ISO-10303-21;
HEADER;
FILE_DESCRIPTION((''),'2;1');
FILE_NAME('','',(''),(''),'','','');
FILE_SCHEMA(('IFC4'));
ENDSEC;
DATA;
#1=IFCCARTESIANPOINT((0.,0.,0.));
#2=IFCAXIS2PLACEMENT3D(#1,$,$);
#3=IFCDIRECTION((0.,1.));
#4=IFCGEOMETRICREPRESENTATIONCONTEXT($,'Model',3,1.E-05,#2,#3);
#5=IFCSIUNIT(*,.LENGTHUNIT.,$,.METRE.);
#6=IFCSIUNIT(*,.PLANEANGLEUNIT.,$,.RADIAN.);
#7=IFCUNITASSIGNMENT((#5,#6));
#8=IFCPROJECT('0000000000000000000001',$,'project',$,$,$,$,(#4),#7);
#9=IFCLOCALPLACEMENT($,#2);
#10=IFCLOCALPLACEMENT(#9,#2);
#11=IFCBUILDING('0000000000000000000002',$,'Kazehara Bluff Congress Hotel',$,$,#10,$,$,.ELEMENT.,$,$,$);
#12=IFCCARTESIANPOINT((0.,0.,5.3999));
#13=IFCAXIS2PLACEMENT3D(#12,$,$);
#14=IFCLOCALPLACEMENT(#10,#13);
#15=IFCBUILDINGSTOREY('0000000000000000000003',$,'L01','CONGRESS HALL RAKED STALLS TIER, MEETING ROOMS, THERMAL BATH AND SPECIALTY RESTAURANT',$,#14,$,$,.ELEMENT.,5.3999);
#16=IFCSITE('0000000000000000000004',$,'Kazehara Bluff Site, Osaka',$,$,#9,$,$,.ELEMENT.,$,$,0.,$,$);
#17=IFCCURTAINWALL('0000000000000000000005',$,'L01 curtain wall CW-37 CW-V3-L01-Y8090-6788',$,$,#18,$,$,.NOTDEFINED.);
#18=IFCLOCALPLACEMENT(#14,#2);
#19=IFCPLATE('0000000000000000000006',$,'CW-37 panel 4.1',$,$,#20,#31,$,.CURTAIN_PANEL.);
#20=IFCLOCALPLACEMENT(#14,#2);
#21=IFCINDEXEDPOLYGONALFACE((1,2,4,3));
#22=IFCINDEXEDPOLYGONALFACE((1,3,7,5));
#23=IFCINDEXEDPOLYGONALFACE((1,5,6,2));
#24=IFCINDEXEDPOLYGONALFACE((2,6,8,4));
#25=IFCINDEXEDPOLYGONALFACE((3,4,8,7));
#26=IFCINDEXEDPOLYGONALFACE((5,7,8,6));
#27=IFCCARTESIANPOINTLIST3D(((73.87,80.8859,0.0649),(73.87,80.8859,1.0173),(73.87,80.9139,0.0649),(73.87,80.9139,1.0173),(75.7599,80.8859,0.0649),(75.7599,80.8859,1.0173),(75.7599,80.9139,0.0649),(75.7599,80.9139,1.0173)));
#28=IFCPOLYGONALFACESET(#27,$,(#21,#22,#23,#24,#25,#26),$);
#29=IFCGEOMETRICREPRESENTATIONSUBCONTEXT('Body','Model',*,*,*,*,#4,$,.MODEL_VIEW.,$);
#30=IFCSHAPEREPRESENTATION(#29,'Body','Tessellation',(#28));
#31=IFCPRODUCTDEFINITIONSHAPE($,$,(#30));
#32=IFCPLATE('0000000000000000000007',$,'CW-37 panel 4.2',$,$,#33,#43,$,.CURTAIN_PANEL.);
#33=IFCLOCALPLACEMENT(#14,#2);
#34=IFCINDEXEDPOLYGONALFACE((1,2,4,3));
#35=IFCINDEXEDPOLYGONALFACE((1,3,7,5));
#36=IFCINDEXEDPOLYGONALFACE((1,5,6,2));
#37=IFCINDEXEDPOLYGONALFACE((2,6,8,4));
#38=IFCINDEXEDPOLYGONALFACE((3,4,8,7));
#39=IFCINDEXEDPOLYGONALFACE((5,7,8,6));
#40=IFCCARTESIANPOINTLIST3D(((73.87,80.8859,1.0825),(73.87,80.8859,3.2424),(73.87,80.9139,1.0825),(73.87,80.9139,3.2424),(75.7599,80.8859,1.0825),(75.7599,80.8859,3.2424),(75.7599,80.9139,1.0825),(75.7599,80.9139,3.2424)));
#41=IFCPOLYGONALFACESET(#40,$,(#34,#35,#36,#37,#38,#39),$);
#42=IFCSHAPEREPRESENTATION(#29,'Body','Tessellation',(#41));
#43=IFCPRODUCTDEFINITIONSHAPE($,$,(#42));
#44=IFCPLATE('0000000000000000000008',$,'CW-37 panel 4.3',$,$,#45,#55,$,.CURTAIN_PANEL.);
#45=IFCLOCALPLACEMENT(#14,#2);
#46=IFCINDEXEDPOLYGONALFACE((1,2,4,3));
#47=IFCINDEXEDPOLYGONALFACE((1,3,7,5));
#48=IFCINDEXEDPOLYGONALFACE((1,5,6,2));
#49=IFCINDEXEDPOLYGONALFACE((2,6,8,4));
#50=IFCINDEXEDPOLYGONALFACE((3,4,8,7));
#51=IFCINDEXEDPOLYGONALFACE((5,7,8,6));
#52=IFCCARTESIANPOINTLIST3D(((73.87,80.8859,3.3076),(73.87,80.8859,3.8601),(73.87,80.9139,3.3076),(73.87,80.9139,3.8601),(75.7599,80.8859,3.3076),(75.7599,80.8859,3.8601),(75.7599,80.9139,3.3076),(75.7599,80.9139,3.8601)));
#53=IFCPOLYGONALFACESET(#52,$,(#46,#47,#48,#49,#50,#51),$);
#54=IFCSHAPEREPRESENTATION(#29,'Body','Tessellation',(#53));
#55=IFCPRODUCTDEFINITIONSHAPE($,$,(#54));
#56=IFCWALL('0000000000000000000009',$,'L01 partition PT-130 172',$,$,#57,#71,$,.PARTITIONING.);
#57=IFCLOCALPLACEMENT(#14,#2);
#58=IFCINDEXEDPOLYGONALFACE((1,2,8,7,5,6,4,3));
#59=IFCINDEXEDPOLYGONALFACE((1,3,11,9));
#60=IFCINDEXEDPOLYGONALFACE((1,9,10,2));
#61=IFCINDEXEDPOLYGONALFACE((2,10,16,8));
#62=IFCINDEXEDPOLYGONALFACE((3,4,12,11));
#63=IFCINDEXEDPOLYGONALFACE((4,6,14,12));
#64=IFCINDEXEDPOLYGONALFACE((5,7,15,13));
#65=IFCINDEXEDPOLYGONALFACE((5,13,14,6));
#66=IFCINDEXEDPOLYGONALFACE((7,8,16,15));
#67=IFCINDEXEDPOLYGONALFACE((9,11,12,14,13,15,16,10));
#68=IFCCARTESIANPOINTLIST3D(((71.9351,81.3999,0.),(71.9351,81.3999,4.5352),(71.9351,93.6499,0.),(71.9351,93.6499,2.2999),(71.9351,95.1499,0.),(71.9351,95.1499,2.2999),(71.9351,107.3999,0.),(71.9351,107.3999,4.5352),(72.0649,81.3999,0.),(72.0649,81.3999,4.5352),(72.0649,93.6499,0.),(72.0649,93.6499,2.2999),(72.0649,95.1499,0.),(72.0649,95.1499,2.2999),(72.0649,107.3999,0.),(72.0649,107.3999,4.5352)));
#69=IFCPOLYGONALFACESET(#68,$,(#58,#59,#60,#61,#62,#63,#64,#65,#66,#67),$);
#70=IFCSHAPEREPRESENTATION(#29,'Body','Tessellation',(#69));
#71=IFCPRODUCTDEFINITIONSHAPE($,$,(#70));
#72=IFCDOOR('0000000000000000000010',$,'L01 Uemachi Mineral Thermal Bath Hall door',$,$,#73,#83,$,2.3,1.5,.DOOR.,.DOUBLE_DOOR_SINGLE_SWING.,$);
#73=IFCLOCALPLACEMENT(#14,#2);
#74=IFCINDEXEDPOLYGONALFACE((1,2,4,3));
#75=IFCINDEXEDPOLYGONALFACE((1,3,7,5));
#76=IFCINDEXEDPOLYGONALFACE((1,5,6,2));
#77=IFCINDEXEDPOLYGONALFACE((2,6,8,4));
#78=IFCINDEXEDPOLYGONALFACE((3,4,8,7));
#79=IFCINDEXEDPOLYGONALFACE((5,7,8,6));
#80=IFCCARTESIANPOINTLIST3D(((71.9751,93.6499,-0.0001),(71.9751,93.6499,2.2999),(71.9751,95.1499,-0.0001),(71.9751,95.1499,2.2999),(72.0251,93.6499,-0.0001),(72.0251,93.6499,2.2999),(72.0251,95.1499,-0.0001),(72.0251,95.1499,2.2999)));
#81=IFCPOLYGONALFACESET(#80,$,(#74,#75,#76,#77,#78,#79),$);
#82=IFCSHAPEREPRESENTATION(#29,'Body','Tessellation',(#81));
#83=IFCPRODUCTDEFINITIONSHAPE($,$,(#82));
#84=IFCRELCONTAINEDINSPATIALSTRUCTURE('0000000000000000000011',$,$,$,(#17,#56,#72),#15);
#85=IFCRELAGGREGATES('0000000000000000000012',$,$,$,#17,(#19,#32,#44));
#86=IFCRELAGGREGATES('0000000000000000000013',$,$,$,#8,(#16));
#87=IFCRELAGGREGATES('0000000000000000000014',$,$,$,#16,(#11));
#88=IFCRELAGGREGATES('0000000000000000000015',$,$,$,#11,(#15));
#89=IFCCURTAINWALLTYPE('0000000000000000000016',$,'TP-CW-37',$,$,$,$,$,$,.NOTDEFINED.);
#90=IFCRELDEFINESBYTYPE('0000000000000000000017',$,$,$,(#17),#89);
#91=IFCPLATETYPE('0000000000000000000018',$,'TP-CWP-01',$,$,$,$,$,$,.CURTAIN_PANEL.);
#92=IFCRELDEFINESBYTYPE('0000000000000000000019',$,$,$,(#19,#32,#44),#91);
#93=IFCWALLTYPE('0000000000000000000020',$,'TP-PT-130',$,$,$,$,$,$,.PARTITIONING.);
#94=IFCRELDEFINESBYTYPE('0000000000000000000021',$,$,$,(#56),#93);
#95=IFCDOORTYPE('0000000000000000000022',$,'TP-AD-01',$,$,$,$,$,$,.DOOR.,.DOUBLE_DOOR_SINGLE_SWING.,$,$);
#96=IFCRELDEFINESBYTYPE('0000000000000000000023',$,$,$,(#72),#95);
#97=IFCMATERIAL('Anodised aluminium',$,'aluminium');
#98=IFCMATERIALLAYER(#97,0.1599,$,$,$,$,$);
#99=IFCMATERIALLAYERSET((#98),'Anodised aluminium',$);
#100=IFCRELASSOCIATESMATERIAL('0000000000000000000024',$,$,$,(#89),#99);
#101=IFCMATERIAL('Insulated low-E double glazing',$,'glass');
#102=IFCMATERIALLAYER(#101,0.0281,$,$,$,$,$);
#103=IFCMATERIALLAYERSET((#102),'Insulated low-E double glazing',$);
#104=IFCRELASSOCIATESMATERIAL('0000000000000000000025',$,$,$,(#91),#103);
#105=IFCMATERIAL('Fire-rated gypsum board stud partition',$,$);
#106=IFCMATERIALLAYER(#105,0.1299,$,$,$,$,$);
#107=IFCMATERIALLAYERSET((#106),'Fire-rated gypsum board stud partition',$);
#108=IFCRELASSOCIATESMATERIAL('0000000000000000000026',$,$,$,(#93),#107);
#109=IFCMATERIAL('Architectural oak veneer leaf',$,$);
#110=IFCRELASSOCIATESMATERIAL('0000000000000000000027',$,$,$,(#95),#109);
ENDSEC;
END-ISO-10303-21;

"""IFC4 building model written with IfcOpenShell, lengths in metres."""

from ifc_helpers import new_model, si_unit, direction, frame, frame_2d, origin, origin_2d, place, context, subcontext, project, spatial, rectangle, extrude, material, layer, layer_set, type_object, element, fill, aggregate, save


model = new_model("IFC4")

# Units and contexts
model_context = context("Model", 3, precision=1e-05, world=origin(), true_north=direction((0.0, 1.0)))
body_context = subcontext(model_context, "Body", "Model", "MODEL_VIEW")
ifc_project = project(units=[si_unit("LENGTHUNIT", "METRE"), si_unit("PLANEANGLEUNIT", "RADIAN")], contexts=[model_context])

# Site, building, storey
site_placement = place(None, origin())
site = spatial("IfcSite", under=ifc_project, at=site_placement, Name="Kazehara Bluff Site, Osaka", CompositionType="ELEMENT", RefElevation=0.0)
building_placement = place(site_placement, origin())
building = spatial("IfcBuilding", under=site, at=building_placement, Name="Kazehara Bluff Congress Hotel", CompositionType="ELEMENT")
storey_placement = place(building_placement, frame((0.0, 0.0, 5.3999)))
storey = spatial("IfcBuildingStorey", under=building, at=storey_placement, Name="L01", Description="CONGRESS HALL RAKED STALLS TIER, MEETING ROOMS, THERMAL BATH AND SPECIALTY RESTAURANT", CompositionType="ELEMENT", Elevation=5.3999)

# Curtain wall, plates
ifc_material_1 = material(Name="Anodised aluminium", Category="aluminium")
ifc_layer_1 = layer(ifc_material_1, 0.1599)
ifc_layer_set_1 = layer_set([ifc_layer_1], Name="Anodised aluminium")
curtain_wall_type = type_object("IfcCurtainWallType", Name="TP-CW-37", PredefinedType="NOTDEFINED", material=ifc_layer_set_1)
curtain_wall_placement = place(storey_placement, origin())
curtain_wall = element("IfcCurtainWall", 1, at=curtain_wall_placement, inside=storey, type_object=curtain_wall_type, Name="L01 curtain wall CW-37 CW-V3-L01-Y8090-6788", PredefinedType="NOTDEFINED")
ifc_material_2 = material(Name="Insulated low-E double glazing", Category="glass")
ifc_layer_2 = layer(ifc_material_2, 0.0281)
ifc_layer_set_2 = layer_set([ifc_layer_2], Name="Insulated low-E double glazing")
plate_type = type_object("IfcPlateType", Name="TP-CWP-01", PredefinedType="CURTAIN_PANEL", material=ifc_layer_set_2)
plate_1_placement = place(storey_placement, frame((74.8149, 80.8999, 0.0649), z_axis=(0.0, 0.0, 1.0), x_axis=(1.0, 0.0, 0.0)))
plate_1 = element("IfcPlate", 2, at=plate_1_placement, type_object=plate_type, Name="CW-37 panel 4.1", PredefinedType="CURTAIN_PANEL", context=body_context, shape_type="SweptSolid", body=[
    extrude(rectangle(XDim=1.8899, YDim=0.0281, at=origin_2d()), origin(), (0.0, 0.0, 1.0), 0.9524),
])
plate_2_placement = place(storey_placement, frame((74.8149, 80.8999, 1.0825), z_axis=(0.0, 0.0, 1.0), x_axis=(1.0, 0.0, 0.0)))
plate_2 = element("IfcPlate", 3, at=plate_2_placement, type_object=plate_type, Name="CW-37 panel 4.2", PredefinedType="CURTAIN_PANEL", context=body_context, shape_type="SweptSolid", body=[
    extrude(rectangle(XDim=1.8899, YDim=0.0281, at=origin_2d()), origin(), (0.0, 0.0, 1.0), 2.1599),
])
plate_3_placement = place(storey_placement, frame((74.8149, 80.8999, 3.3076), z_axis=(0.0, 0.0, 1.0), x_axis=(1.0, 0.0, 0.0)))
plate_3 = element("IfcPlate", 4, at=plate_3_placement, type_object=plate_type, Name="CW-37 panel 4.3", PredefinedType="CURTAIN_PANEL", context=body_context, shape_type="SweptSolid", body=[
    extrude(rectangle(XDim=1.8899, YDim=0.0281, at=origin_2d()), origin(), (0.0, 0.0, 1.0), 0.5525),
])
aggregate(curtain_wall, [plate_1, plate_2, plate_3])

# Wall, opening, door
ifc_material_3 = material(Name="Fire-rated gypsum board stud partition")
ifc_layer_3 = layer(ifc_material_3, 0.1299)
ifc_layer_set_3 = layer_set([ifc_layer_3], Name="Fire-rated gypsum board stud partition")
wall_type = type_object("IfcWallType", Name="TP-PT-130", PredefinedType="PARTITIONING", material=ifc_layer_set_3)
wall_placement = place(storey_placement, frame((72.0, 81.3999, 0.0), z_axis=(0.0, 0.0, 1.0), x_axis=(0.0, 1.0, 0.0)))
wall = element("IfcWall", 5, at=wall_placement, inside=storey, type_object=wall_type, Name="L01 partition PT-130 172", PredefinedType="PARTITIONING", context=body_context, shape_type="SweptSolid", body=[
    extrude(rectangle(XDim=26.0, YDim=0.1299, at=frame_2d((13.0, 0.0))), origin(), (0.0, 0.0, 1.0), 4.5352),
])
opening_placement = place(wall_placement, frame((12.25, 0.0, 0.0)))
opening = element("IfcOpeningElement", 6, at=opening_placement, cuts=wall, PredefinedType="OPENING", context=body_context, shape_type="SweptSolid", body=[
    extrude(rectangle(XDim=1.5, YDim=2.3, at=frame_2d((0.75, 1.1499))), frame((0.0, 0.075, 0.0), z_axis=(0.0, -1.0, 0.0), x_axis=(1.0, 0.0, 0.0)), (0.0, 0.0, 1.0), 0.1499),
])
ifc_material_4 = material(Name="Architectural oak veneer leaf")
door_type = type_object("IfcDoorType", Name="TP-AD-01", OperationType="DOUBLE_DOOR_SINGLE_SWING", PredefinedType="DOOR", material=ifc_material_4)
door_placement = place(opening_placement, origin())
door = element("IfcDoor", 7, at=door_placement, inside=storey, type_object=door_type, Name="L01 Uemachi Mineral Thermal Bath Hall door", OperationType="DOUBLE_DOOR_SINGLE_SWING", OverallHeight=2.3, OverallWidth=1.5, PredefinedType="DOOR", context=body_context, shape_type="SweptSolid", body=[
    extrude(rectangle(XDim=1.5, YDim=2.3, at=frame_2d((0.75, 1.1499))), frame((0.0, 0.0249, 0.0), z_axis=(0.0, -1.0, 0.0), x_axis=(1.0, 0.0, 0.0)), (0.0, 0.0, 1.0), 0.05),
])
fill(opening, door)

save(model, "model.ifc")
